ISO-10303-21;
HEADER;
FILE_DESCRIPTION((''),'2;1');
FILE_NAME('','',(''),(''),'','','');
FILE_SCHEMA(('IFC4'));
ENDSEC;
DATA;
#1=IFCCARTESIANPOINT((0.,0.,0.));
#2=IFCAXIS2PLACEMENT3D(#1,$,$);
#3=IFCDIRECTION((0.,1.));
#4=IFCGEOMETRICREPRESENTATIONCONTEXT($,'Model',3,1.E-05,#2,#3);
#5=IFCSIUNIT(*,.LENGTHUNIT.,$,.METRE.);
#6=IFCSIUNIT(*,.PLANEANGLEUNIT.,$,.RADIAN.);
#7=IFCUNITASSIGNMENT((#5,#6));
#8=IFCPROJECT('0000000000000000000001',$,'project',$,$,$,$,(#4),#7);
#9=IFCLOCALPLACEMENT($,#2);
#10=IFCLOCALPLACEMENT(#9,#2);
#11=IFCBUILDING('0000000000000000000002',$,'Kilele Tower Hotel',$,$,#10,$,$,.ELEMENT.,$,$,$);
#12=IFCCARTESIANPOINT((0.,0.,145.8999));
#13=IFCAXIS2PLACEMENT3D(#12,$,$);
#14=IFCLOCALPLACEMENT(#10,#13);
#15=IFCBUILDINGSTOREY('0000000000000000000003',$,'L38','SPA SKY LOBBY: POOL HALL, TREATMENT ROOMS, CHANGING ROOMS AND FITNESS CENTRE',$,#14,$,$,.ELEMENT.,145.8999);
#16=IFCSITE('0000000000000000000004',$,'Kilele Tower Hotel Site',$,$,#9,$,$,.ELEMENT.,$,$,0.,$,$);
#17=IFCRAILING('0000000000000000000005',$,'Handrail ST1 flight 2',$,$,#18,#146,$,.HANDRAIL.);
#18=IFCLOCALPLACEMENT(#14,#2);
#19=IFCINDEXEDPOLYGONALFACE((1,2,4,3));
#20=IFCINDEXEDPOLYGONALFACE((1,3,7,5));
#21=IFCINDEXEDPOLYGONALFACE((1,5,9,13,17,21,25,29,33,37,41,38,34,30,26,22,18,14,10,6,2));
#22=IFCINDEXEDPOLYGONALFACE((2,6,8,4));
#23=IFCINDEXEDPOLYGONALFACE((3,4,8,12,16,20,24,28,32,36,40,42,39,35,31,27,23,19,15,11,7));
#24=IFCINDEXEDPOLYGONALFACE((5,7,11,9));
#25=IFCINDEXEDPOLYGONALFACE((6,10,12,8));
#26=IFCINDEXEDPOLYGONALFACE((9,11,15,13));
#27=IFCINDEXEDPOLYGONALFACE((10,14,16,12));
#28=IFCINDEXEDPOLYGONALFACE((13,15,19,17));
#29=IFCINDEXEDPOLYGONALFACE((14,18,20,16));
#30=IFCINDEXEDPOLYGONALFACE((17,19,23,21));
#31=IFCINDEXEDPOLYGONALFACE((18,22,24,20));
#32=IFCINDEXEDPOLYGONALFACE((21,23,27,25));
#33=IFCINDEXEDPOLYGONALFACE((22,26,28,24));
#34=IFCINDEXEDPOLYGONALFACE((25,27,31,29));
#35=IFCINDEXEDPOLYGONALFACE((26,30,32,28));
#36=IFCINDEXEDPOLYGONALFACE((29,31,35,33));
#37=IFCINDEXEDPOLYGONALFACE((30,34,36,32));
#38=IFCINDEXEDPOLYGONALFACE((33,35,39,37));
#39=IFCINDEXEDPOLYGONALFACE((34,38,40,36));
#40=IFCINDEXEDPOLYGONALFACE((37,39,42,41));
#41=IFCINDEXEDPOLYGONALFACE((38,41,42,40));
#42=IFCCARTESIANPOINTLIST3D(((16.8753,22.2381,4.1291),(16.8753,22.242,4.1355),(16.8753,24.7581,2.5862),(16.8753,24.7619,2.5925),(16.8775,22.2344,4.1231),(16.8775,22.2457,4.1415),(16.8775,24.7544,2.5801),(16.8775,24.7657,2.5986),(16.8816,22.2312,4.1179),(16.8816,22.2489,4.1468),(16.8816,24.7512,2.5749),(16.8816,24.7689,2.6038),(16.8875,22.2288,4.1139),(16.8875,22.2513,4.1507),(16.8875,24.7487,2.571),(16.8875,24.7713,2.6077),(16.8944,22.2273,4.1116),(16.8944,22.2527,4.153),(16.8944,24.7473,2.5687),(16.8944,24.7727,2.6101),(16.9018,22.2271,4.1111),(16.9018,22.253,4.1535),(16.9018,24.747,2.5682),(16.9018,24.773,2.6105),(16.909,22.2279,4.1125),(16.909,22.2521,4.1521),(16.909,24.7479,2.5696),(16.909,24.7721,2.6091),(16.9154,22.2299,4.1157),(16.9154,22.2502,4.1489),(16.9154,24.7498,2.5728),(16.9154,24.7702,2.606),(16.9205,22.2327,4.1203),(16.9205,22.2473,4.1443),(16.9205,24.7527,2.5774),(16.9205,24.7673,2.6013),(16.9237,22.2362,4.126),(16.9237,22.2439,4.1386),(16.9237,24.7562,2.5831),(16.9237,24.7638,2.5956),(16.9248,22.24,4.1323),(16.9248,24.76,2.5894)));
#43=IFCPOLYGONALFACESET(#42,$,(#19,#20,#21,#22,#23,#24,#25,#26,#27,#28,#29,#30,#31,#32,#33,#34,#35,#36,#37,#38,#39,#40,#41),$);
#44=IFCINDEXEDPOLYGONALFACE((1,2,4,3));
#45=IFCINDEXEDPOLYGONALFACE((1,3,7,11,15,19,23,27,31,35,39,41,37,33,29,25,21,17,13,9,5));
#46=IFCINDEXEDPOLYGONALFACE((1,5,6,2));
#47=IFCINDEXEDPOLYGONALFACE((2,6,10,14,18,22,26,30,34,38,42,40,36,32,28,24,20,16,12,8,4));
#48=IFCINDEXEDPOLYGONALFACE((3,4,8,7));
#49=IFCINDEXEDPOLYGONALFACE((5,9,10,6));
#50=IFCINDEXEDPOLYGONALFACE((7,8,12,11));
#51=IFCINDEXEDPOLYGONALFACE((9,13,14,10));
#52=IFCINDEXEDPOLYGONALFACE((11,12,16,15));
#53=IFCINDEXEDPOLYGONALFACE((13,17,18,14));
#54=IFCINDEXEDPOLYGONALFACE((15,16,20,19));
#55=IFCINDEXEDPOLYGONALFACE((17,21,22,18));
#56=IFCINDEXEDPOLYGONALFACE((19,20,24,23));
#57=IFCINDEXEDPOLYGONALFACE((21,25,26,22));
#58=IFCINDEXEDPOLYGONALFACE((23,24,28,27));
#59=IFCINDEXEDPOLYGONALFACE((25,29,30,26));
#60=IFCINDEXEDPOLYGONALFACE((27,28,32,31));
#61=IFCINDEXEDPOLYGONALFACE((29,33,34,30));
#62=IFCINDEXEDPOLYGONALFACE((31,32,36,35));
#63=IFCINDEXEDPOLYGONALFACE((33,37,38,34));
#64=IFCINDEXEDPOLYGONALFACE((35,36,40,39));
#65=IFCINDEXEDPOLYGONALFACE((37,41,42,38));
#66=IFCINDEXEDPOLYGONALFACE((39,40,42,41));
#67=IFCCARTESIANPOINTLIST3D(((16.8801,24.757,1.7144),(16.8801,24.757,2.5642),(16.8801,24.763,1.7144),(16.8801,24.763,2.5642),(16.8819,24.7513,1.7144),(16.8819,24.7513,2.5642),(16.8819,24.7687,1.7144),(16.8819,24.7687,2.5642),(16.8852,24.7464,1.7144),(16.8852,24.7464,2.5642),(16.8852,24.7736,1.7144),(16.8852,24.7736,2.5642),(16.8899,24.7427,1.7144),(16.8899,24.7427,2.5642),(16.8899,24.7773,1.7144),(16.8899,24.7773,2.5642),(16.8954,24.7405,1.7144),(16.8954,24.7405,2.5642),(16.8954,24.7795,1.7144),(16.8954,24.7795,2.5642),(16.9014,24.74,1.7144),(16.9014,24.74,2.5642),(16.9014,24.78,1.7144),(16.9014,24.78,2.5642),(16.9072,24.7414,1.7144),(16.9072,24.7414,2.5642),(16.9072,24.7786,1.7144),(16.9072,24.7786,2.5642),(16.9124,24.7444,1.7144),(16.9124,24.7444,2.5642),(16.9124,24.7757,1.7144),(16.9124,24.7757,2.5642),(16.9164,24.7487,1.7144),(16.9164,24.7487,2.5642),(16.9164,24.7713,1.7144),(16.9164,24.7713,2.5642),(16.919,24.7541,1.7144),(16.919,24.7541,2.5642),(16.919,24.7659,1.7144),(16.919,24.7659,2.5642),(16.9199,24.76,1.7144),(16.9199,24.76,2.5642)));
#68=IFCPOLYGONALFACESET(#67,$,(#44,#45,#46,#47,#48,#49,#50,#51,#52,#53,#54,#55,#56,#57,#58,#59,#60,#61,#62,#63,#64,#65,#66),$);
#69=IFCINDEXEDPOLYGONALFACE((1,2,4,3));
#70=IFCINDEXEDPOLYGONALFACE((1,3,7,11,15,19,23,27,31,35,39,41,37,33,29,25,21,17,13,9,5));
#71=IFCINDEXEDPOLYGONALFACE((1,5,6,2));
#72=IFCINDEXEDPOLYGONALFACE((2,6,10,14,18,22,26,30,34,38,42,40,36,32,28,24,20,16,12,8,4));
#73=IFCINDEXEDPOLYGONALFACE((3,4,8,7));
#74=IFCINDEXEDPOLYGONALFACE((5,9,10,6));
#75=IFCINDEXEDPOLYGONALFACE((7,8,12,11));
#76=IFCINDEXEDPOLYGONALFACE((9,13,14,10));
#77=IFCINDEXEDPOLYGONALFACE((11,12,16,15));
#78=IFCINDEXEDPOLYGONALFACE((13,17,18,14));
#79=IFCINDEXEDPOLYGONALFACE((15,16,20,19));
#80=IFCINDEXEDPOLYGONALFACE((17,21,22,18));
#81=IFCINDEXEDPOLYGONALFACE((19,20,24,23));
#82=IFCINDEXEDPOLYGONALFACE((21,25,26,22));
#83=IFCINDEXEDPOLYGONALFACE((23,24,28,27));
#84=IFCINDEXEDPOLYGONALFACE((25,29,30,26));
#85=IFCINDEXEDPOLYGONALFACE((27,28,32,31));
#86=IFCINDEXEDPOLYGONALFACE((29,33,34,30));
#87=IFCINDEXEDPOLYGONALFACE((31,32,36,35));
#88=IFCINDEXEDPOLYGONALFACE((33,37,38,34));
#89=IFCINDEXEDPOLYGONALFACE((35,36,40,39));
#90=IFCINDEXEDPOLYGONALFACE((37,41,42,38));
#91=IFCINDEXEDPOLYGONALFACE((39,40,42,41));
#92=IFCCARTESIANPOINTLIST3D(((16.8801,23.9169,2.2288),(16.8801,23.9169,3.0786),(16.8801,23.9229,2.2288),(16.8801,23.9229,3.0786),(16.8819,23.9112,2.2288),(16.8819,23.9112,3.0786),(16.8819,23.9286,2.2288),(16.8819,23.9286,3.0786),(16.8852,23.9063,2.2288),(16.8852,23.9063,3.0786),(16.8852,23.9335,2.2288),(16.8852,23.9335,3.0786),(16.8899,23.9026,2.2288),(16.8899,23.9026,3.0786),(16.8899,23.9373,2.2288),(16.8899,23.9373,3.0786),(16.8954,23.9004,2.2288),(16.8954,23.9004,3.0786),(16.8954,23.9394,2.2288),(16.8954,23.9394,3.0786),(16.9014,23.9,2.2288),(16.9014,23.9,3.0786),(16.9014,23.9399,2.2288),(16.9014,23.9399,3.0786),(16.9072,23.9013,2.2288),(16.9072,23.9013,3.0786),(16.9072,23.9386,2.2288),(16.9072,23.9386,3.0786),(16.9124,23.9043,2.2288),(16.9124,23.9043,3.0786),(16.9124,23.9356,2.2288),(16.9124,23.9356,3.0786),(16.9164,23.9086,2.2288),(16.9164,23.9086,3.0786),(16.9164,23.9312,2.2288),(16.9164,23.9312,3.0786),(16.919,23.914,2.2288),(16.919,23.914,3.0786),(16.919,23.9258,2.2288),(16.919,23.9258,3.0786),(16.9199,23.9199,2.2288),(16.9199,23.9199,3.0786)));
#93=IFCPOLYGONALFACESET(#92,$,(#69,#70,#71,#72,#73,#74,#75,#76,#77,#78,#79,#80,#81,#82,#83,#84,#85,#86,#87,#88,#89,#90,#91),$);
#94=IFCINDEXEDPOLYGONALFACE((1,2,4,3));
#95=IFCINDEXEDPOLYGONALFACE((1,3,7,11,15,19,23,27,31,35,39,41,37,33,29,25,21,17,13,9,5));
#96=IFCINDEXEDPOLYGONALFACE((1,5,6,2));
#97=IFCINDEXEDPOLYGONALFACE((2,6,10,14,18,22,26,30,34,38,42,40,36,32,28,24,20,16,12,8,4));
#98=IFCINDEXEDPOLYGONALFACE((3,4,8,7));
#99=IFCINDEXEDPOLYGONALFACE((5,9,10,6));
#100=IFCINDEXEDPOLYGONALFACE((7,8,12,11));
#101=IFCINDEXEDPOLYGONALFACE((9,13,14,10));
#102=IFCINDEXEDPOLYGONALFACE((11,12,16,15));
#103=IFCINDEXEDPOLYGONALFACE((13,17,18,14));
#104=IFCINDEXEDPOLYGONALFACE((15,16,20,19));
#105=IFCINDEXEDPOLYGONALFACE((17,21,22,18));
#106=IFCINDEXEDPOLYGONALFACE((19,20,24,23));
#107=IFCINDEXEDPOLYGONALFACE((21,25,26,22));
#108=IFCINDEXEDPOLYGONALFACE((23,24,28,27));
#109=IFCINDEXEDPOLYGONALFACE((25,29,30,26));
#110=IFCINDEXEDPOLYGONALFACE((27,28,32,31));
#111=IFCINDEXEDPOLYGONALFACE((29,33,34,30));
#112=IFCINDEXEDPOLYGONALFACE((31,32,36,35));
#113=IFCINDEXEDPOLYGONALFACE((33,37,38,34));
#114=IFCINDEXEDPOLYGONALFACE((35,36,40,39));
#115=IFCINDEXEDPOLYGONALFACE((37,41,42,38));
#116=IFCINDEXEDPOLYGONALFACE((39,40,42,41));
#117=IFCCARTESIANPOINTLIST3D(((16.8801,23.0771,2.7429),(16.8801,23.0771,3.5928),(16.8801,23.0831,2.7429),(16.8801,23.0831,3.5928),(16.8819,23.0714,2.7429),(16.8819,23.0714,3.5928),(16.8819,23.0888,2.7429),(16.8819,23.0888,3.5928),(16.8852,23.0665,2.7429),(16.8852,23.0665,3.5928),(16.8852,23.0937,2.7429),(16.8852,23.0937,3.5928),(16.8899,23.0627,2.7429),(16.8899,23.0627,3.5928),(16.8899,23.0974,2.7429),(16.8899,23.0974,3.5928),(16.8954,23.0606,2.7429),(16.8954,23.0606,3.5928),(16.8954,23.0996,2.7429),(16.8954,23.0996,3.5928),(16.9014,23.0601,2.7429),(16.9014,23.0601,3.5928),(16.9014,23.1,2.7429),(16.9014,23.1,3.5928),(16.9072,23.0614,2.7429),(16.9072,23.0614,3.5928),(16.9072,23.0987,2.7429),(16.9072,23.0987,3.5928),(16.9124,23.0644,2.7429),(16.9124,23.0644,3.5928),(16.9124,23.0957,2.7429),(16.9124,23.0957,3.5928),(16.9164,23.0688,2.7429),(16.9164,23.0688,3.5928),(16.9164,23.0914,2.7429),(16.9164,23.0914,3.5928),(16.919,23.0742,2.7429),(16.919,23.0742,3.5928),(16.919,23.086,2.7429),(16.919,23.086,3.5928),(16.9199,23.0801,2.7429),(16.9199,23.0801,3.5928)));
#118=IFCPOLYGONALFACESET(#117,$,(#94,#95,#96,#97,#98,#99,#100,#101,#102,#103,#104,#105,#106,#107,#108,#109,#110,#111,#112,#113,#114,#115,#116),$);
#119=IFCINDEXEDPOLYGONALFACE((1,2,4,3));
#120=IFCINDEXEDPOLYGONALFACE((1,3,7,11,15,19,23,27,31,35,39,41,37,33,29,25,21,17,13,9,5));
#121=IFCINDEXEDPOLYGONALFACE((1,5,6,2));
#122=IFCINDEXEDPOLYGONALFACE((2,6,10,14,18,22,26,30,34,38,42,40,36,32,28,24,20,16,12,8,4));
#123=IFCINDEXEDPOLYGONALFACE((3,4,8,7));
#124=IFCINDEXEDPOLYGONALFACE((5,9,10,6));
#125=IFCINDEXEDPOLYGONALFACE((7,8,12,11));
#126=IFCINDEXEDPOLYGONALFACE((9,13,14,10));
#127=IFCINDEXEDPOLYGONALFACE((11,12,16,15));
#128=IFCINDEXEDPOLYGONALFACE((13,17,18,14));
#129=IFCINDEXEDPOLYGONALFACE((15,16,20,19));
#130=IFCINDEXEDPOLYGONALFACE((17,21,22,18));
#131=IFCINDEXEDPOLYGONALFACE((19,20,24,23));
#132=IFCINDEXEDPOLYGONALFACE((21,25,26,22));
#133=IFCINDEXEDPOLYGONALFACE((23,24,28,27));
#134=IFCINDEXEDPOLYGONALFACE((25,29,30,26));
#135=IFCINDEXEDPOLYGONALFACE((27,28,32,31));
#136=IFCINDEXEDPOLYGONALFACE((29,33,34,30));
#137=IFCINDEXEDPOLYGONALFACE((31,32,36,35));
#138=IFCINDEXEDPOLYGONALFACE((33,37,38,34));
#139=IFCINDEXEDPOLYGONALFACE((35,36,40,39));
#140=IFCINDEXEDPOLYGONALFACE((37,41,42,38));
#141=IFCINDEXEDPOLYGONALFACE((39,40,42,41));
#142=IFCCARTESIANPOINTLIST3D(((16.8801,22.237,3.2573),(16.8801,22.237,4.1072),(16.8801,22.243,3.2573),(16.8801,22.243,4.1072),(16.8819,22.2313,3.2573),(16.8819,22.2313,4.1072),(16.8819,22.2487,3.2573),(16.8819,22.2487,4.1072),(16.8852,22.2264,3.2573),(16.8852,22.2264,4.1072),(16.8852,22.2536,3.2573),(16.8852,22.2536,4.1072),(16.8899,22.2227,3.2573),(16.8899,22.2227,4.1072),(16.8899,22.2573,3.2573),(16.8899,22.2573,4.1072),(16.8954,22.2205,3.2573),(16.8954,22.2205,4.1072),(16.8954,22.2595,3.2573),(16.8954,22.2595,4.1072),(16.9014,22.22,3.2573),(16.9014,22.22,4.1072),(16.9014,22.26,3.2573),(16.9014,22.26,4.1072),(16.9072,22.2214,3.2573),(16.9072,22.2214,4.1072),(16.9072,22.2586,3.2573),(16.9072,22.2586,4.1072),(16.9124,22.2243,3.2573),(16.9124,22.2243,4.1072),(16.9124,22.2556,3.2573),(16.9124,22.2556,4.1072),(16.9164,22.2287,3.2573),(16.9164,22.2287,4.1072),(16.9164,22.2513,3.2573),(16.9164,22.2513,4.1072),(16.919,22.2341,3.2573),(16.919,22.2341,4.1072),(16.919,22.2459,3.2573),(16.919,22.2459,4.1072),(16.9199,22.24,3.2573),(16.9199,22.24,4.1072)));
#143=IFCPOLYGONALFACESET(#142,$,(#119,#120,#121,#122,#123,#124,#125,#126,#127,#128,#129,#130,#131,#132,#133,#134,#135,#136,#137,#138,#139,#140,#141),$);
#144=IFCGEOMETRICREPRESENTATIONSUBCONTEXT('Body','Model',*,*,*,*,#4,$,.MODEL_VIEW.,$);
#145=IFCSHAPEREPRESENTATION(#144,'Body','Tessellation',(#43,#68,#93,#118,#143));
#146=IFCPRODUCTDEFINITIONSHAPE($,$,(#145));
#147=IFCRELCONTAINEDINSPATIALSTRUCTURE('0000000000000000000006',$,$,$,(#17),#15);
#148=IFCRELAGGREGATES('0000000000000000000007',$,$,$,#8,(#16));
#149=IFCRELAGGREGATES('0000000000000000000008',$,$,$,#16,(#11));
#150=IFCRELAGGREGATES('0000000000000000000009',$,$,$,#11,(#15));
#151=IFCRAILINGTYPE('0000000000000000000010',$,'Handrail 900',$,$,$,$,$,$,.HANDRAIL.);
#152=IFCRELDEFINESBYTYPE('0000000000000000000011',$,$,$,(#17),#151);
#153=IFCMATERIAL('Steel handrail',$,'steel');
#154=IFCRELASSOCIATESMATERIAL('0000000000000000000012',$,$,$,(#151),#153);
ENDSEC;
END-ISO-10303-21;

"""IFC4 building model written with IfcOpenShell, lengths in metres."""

from ifc_helpers import new_model, si_unit, direction, frame, origin, origin_2d, place, context, subcontext, project, spatial, circle, extrude, material, type_object, element, save


model = new_model("IFC4")

# Units and contexts
model_context = context("Model", 3, precision=1e-05, world=origin(), true_north=direction((0.0, 1.0)))
body_context = subcontext(model_context, "Body", "Model", "MODEL_VIEW")
ifc_project = project(units=[si_unit("LENGTHUNIT", "METRE"), si_unit("PLANEANGLEUNIT", "RADIAN")], contexts=[model_context])

# Site, building, storey
site_placement = place(None, origin())
site = spatial("IfcSite", under=ifc_project, at=site_placement, Name="Kilele Tower Hotel Site", CompositionType="ELEMENT", RefElevation=0.0)
building_placement = place(site_placement, origin())
building = spatial("IfcBuilding", under=site, at=building_placement, Name="Kilele Tower Hotel", CompositionType="ELEMENT")
storey_placement = place(building_placement, frame((0.0, 0.0, 145.8999)))
storey = spatial("IfcBuildingStorey", under=building, at=storey_placement, Name="L38", Description="SPA SKY LOBBY: POOL HALL, TREATMENT ROOMS, CHANGING ROOMS AND FITNESS CENTRE", CompositionType="ELEMENT", Elevation=145.8999)

# Railing
ifc_material_1 = material(Name="Steel handrail", Category="steel")
railing_type_1 = type_object("IfcRailingType", Name="Handrail 900", PredefinedType="HANDRAIL", material=ifc_material_1)
for number, where, name in (
    (1, (16.8999, 24.76, 1.7144), "Handrail ST1 flight 2"),
):
    element("IfcRailing", number, at=place(storey_placement, frame(where)), inside=storey, type_object=railing_type_1, Name=name, PredefinedType="HANDRAIL", context=body_context, shape_type="SweptSolid", body=[
        extrude(circle(Radius=0.0249, at=origin_2d()), frame((0.0, 0.0, 0.875), z_axis=(0.0, -0.852836, 0.522178), x_axis=(1.0, 0.0, 0.0)), (0.0, 0.0, 1.0), 2.9548),
        extrude(circle(Radius=0.02, at=origin_2d()), origin(), (0.0, 0.0, 1.0), 0.8499),
        extrude(circle(Radius=0.02, at=origin_2d()), frame((0.0, -0.8401, 0.5144)), (0.0, 0.0, 1.0), 0.8499),
        extrude(circle(Radius=0.02, at=origin_2d()), frame((0.0, -1.6799, 1.0286)), (0.0, 0.0, 1.0), 0.8499),
        extrude(circle(Radius=0.02, at=origin_2d()), frame((0.0, -2.52, 1.543)), (0.0, 0.0, 1.0), 0.8499),
    ])

save(model, "model.ifc")
